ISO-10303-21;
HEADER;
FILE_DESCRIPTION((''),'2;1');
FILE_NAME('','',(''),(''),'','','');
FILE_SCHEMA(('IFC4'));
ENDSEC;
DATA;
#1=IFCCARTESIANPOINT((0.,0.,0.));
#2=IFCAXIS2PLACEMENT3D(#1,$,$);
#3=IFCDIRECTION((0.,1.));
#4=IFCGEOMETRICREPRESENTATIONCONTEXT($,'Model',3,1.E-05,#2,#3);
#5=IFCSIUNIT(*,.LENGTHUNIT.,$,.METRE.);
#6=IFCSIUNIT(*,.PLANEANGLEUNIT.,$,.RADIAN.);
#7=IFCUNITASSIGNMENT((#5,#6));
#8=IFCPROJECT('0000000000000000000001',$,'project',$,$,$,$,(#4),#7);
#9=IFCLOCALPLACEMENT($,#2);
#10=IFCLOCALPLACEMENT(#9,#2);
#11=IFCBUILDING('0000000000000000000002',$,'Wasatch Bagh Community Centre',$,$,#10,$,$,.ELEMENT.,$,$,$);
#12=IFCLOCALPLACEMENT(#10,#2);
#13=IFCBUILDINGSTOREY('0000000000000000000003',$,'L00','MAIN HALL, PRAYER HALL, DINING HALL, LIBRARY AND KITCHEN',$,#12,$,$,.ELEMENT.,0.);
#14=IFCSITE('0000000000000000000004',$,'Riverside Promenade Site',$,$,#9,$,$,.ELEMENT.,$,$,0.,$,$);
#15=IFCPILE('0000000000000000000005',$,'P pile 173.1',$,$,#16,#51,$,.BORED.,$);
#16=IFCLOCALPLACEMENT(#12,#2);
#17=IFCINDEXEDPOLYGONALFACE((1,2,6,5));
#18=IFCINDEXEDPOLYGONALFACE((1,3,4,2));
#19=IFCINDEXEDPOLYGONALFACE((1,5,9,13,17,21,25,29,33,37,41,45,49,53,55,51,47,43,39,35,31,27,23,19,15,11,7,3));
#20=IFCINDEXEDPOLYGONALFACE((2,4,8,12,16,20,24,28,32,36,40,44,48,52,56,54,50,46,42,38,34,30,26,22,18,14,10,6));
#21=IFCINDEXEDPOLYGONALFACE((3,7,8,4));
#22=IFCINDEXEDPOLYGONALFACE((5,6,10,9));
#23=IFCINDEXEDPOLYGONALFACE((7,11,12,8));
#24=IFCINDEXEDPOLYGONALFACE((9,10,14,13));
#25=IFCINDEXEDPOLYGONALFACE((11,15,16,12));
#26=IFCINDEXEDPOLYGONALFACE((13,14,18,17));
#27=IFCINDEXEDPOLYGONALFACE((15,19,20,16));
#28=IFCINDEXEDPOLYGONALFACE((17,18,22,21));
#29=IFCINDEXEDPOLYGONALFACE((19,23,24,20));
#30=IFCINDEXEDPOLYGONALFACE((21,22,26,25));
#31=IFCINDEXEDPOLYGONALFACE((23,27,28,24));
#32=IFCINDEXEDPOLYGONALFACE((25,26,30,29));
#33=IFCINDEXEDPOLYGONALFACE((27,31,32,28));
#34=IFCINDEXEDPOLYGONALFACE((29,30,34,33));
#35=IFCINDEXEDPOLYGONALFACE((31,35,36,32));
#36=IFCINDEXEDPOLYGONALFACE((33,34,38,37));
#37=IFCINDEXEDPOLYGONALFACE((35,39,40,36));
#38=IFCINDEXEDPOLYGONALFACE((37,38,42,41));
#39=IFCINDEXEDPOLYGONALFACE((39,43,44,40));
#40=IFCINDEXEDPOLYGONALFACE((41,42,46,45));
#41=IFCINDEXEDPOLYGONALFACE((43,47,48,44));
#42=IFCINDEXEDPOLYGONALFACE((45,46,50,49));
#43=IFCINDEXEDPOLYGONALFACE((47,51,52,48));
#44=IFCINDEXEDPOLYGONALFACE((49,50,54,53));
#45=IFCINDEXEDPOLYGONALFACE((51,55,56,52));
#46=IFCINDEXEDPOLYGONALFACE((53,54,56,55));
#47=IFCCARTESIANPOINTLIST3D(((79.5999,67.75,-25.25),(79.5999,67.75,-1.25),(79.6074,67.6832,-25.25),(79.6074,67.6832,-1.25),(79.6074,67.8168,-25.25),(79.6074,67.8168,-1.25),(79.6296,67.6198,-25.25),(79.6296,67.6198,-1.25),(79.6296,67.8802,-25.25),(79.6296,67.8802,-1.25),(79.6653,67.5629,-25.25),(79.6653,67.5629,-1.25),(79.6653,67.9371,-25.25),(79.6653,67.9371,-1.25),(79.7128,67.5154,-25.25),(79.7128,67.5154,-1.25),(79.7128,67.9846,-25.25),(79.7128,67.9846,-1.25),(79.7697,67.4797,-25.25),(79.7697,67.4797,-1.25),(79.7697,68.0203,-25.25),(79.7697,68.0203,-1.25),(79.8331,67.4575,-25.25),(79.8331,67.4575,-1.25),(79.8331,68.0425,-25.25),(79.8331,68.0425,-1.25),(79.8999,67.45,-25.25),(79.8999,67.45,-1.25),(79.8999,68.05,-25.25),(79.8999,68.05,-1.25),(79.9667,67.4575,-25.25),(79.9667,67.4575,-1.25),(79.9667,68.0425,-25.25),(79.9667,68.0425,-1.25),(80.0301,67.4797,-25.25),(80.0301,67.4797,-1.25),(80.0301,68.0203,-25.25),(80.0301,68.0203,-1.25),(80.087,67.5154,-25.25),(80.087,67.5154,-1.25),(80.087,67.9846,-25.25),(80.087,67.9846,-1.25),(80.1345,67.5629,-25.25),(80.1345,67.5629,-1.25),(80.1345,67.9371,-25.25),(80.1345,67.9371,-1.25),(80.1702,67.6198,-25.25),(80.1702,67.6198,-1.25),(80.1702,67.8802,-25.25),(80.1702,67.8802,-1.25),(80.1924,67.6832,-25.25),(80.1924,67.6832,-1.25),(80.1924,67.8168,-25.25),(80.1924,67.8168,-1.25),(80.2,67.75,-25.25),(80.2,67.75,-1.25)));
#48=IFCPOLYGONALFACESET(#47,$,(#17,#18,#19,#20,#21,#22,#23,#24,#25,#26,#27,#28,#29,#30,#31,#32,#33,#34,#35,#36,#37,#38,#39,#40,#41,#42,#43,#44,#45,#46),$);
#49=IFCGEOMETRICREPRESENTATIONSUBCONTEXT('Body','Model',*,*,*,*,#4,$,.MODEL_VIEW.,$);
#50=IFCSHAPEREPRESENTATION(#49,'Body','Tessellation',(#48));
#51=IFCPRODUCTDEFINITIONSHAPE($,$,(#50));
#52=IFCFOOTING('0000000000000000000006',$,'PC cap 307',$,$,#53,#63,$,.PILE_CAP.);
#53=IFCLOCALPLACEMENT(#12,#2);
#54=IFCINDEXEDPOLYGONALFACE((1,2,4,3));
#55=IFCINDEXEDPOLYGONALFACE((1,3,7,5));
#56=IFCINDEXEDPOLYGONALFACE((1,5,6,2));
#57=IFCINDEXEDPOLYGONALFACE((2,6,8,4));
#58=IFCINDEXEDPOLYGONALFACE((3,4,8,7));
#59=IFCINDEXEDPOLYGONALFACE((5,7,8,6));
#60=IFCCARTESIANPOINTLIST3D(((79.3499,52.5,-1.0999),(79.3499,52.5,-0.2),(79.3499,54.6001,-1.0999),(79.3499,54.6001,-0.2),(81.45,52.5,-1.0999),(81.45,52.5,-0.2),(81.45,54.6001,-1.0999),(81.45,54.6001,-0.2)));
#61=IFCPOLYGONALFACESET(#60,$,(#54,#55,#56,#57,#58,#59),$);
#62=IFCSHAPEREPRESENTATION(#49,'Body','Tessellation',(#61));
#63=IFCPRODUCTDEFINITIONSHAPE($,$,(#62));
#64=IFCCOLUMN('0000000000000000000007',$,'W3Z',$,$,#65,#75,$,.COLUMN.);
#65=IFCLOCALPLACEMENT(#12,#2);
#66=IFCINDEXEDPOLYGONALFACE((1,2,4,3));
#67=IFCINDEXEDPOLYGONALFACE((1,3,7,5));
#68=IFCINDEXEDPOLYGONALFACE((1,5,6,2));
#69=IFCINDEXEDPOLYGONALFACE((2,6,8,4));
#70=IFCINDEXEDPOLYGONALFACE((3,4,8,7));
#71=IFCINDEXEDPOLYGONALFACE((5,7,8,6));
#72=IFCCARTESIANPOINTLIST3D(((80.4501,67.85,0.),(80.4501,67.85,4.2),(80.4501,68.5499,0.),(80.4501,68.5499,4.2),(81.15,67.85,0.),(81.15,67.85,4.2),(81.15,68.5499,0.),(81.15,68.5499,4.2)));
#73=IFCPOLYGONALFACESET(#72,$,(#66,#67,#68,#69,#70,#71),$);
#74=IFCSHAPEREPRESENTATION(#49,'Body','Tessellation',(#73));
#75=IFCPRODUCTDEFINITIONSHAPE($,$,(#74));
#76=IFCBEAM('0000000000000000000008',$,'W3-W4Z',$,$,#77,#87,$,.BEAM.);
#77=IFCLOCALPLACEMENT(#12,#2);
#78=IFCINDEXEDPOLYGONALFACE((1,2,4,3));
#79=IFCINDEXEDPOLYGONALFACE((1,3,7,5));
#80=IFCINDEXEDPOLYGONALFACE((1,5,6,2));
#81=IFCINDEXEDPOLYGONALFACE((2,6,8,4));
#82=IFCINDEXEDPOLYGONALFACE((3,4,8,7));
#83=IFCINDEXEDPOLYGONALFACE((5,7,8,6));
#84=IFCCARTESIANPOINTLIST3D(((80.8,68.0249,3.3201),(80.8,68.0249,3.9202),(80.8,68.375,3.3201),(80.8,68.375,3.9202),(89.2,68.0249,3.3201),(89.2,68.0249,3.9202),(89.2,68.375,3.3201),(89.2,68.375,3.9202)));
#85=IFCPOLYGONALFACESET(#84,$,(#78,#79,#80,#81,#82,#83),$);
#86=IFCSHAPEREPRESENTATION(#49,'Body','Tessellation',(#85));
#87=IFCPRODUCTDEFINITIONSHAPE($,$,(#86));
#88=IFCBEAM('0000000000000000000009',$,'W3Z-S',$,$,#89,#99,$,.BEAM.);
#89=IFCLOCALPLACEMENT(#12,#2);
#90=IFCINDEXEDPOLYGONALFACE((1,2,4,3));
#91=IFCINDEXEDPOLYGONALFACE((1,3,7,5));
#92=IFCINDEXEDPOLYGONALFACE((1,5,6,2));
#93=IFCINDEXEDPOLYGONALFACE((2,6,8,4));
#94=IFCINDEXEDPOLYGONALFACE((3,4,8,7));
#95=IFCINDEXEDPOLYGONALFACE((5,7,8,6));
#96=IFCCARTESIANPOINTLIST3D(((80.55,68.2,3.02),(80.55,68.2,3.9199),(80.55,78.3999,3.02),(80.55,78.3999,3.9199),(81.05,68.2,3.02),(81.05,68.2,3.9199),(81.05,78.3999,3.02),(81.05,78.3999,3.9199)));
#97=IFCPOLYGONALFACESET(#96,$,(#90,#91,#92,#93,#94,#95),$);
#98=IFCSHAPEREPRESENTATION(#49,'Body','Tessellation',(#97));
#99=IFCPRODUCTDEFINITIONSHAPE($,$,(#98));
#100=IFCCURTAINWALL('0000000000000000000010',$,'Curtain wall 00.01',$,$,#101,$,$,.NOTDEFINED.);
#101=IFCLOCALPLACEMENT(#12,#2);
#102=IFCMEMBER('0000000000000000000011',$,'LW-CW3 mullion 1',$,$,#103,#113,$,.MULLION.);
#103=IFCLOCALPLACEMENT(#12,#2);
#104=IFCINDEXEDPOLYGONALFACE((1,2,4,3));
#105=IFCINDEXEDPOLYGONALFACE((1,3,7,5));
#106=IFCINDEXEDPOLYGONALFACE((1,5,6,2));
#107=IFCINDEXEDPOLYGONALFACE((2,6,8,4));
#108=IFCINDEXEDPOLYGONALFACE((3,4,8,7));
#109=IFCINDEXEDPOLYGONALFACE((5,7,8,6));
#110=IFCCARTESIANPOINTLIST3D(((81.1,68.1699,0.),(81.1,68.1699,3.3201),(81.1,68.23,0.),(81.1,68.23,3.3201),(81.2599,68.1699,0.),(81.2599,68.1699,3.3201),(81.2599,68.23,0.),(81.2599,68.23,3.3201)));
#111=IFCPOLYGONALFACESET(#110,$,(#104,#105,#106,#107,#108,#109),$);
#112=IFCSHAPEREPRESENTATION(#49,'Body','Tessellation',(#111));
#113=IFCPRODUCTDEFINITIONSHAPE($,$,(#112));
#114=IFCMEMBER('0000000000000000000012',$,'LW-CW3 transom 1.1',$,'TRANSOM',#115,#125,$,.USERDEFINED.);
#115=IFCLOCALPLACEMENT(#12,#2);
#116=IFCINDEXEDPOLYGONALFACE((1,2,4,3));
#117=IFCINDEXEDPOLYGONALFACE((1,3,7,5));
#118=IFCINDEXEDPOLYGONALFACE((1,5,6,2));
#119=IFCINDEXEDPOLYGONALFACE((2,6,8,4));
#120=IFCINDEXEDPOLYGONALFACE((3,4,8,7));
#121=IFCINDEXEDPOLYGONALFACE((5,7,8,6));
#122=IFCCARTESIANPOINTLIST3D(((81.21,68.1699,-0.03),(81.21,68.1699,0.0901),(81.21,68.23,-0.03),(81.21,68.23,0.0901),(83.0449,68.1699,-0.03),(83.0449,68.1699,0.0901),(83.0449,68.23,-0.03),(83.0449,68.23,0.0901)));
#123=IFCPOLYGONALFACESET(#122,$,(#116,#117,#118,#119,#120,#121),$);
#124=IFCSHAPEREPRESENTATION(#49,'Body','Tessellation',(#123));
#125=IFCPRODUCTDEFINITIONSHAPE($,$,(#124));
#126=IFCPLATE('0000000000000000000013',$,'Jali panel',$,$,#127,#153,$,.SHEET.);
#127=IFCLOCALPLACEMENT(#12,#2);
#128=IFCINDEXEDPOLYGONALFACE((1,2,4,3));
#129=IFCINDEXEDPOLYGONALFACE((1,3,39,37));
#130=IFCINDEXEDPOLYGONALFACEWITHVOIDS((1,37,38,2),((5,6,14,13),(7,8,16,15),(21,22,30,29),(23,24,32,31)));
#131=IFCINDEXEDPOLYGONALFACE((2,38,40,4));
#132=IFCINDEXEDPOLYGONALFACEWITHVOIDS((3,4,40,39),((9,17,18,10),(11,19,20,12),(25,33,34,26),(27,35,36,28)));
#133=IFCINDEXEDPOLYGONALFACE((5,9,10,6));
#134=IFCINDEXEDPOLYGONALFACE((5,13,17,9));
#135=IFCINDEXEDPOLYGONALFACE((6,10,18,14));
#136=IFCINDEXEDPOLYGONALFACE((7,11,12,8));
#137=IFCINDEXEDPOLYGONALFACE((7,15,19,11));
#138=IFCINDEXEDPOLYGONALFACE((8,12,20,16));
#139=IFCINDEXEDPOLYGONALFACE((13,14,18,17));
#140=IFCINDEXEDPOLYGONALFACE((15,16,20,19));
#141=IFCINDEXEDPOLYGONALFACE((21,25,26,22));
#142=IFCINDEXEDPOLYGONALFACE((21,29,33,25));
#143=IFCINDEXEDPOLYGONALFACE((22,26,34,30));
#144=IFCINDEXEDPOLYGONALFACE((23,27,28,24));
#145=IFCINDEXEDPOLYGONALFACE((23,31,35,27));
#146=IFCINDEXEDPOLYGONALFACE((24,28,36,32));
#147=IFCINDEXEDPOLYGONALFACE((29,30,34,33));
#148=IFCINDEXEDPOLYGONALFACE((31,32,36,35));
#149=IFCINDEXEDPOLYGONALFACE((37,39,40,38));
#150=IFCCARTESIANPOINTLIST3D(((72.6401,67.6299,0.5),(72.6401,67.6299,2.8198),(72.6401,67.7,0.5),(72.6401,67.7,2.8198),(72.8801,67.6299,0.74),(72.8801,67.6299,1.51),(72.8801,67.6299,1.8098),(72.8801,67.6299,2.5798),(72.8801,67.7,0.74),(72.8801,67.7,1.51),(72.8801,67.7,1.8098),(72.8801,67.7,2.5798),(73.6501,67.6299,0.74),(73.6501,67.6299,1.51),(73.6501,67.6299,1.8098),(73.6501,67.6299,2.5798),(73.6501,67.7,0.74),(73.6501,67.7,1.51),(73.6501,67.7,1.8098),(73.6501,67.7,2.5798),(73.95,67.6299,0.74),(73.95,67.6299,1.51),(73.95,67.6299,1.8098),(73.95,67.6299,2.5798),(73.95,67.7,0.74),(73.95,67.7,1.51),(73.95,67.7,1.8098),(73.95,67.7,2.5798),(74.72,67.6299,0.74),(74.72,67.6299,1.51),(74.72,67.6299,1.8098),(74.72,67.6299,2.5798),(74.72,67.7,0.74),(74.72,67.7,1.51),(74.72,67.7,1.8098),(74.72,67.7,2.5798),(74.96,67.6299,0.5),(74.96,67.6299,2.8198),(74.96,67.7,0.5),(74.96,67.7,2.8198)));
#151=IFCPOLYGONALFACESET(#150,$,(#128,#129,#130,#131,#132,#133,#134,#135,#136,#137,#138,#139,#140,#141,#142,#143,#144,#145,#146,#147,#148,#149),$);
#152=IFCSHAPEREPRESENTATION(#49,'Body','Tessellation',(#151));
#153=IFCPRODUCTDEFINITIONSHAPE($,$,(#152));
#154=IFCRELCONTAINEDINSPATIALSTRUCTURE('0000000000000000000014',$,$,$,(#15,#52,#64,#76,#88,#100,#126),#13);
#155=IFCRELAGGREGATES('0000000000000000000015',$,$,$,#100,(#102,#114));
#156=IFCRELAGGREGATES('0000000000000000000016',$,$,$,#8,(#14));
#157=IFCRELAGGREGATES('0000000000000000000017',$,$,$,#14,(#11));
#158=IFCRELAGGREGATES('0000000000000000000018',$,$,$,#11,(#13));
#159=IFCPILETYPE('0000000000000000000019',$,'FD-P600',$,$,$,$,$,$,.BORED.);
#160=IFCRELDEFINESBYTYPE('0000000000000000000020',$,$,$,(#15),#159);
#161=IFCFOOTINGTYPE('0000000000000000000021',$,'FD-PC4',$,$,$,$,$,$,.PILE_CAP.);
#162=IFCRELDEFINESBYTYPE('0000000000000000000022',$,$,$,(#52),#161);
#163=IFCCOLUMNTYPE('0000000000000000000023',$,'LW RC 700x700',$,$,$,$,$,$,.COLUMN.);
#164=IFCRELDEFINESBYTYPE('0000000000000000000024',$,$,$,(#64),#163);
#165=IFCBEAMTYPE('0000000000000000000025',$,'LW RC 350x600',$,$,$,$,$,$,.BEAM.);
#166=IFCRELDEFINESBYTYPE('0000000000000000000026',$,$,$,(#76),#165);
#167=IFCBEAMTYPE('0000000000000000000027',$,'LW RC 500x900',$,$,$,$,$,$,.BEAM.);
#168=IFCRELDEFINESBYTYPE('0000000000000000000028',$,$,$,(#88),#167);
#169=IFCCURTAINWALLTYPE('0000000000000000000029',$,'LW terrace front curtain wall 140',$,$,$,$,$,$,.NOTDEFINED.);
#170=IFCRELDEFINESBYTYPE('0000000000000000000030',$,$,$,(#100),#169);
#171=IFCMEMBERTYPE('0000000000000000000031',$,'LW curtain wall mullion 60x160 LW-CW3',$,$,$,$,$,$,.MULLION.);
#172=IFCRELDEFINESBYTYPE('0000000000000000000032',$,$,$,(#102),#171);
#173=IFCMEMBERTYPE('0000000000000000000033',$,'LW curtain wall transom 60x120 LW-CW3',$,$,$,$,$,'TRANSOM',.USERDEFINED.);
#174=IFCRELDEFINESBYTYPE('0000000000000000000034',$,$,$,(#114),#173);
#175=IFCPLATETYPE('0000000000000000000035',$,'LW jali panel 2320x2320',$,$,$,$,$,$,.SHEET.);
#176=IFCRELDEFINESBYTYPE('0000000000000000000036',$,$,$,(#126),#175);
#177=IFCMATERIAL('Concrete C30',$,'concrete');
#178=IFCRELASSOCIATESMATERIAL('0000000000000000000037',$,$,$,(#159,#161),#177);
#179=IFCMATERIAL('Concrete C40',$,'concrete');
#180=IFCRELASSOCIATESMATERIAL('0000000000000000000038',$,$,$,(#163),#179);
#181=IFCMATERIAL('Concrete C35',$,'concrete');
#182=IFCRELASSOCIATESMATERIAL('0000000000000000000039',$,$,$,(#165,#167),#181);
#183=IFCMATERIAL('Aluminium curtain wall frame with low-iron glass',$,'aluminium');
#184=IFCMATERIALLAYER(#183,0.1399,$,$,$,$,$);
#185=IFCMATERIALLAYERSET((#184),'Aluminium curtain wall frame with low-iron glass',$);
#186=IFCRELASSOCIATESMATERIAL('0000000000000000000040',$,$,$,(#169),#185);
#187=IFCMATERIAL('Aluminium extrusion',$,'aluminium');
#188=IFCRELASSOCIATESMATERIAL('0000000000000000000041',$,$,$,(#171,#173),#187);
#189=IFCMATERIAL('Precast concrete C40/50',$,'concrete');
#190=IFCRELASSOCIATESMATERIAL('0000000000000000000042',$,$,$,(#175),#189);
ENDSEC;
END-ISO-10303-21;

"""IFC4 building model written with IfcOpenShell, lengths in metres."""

from ifc_helpers import new_model, si_unit, direction, frame, origin, origin_2d, place, context, subcontext, project, spatial, polyline, rectangle, circle, outline, extrude, material, layer, layer_set, material_profile, profile_set, type_object, element, aggregate, save


model = new_model("IFC4")

# Units and contexts
model_context = context("Model", 3, precision=1e-05, world=origin(), true_north=direction((0.0, 1.0)))
body_context = subcontext(model_context, "Body", "Model", "MODEL_VIEW")
ifc_project = project(units=[si_unit("LENGTHUNIT", "METRE"), si_unit("PLANEANGLEUNIT", "RADIAN")], contexts=[model_context])

# Site, building, storey
site_placement = place(None, origin())
site = spatial("IfcSite", under=ifc_project, at=site_placement, Name="Riverside Promenade Site", CompositionType="ELEMENT", RefElevation=0.0)
building_placement = place(site_placement, origin())
building = spatial("IfcBuilding", under=site, at=building_placement, Name="Wasatch Bagh Community Centre", CompositionType="ELEMENT")
storey_placement = place(building_placement, origin())
storey = spatial("IfcBuildingStorey", under=building, at=storey_placement, Name="L00", Description="MAIN HALL, PRAYER HALL, DINING HALL, LIBRARY AND KITCHEN", CompositionType="ELEMENT", Elevation=0.0)

# Shared definitions
ifc_material_1 = material(Name="Concrete C35", Category="concrete")

# Pile
ifc_material_2 = material(Name="Concrete C30", Category="concrete")
ifc_material_profile_1 = material_profile(ifc_material_2, circle(Radius=0.3, at=origin_2d()), Name="RC D600")
ifc_profile_set_1 = profile_set([ifc_material_profile_1], Name="Concrete C30")
pile_type_1 = type_object("IfcPileType", Name="FD-P600", PredefinedType="BORED", material=ifc_profile_set_1)
for number, where, z_axis, x_axis, name in (
    (1, (79.8999, 67.75, -1.25), (0.0, 0.0, -1.0), (1.0, 0.0, 0.0), "P pile 173.1"),
):
    element("IfcPile", number, at=place(storey_placement, frame(where, z_axis=z_axis, x_axis=x_axis)), inside=storey, type_object=pile_type_1, Name=name, PredefinedType="BORED", context=body_context, shape_type="SweptSolid", body=[
        extrude(circle(Radius=0.3, at=origin_2d()), origin(), (0.0, 0.0, 1.0), 24.0),
    ])

# Footing
footing_type_1 = type_object("IfcFootingType", Name="FD-PC4", PredefinedType="PILE_CAP", material=ifc_material_2)
footing_1_placement = place(storey_placement, frame((80.3999, 53.55, -1.0999), z_axis=(0.0, 0.0, 1.0), x_axis=(1.0, 0.0, 0.0)))
element("IfcFooting", 2, at=footing_1_placement, inside=storey, type_object=footing_type_1, Name="PC cap 307", PredefinedType="PILE_CAP", context=body_context, shape_type="SweptSolid", body=[
    extrude(rectangle(XDim=2.1001, YDim=2.1001, at=origin_2d()), origin(), (0.0, 0.0, 1.0), 0.8999),
])

# Column
ifc_material_3 = material(Name="Concrete C40", Category="concrete")
ifc_material_profile_2 = material_profile(ifc_material_3, rectangle(XDim=0.7, YDim=0.7, at=origin_2d()), Name="RC 700x700")
ifc_profile_set_2 = profile_set([ifc_material_profile_2], Name="Concrete C40")
column_type = type_object("IfcColumnType", Name="LW RC 700x700", PredefinedType="COLUMN", material=ifc_profile_set_2)
column_placement = place(storey_placement, frame((80.8, 68.2, 0.0), z_axis=(0.0, 0.0, 1.0), x_axis=(1.0, 0.0, 0.0)))
element("IfcColumn", 3, at=column_placement, inside=storey, type_object=column_type, Name="W3Z", PredefinedType="COLUMN", context=body_context, shape_type="SweptSolid", body=[
    extrude(rectangle(XDim=0.7, YDim=0.7, at=origin_2d()), origin(), (0.0, 0.0, 1.0), 4.2),
])

# Beams
ifc_material_profile_3 = material_profile(ifc_material_1, rectangle(XDim=0.3501, YDim=0.6001, at=origin_2d()), Name="RC 350x600")
ifc_profile_set_3 = profile_set([ifc_material_profile_3], Name="Concrete C35")
beam_type_1 = type_object("IfcBeamType", Name="LW RC 350x600", PredefinedType="BEAM", material=ifc_profile_set_3)
beam_1_placement = place(storey_placement, frame((80.8, 68.2, 3.6201), z_axis=(1.0, 0.0, 0.0), x_axis=(0.0, 1.0, 0.0)))
element("IfcBeam", 4, at=beam_1_placement, inside=storey, type_object=beam_type_1, Name="W3-W4Z", PredefinedType="BEAM", context=body_context, shape_type="SweptSolid", body=[
    extrude(rectangle(XDim=0.3501, YDim=0.6001, at=origin_2d()), origin(), (0.0, 0.0, 1.0), 8.3999),
])
ifc_material_profile_4 = material_profile(ifc_material_1, rectangle(XDim=0.5, YDim=0.8999, at=origin_2d()), Name="RC 500x900")
ifc_profile_set_4 = profile_set([ifc_material_profile_4], Name="Concrete C35")
beam_type_2 = type_object("IfcBeamType", Name="LW RC 500x900", PredefinedType="BEAM", material=ifc_profile_set_4)
beam_2_placement = place(storey_placement, frame((80.8, 68.2, 3.47), z_axis=(0.0, 1.0, 0.0), x_axis=(-1.0, 0.0, 0.0)))
element("IfcBeam", 5, at=beam_2_placement, inside=storey, type_object=beam_type_2, Name="W3Z-S", PredefinedType="BEAM", context=body_context, shape_type="SweptSolid", body=[
    extrude(rectangle(XDim=0.5, YDim=0.8999, at=origin_2d()), origin(), (0.0, 0.0, 1.0), 10.2),
])

# Curtain wall, members
ifc_material_4 = material(Name="Aluminium curtain wall frame with low-iron glass", Category="aluminium")
ifc_layer_1 = layer(ifc_material_4, 0.1399)
ifc_layer_set_1 = layer_set([ifc_layer_1], Name="Aluminium curtain wall frame with low-iron glass")
curtain_wall_type = type_object("IfcCurtainWallType", Name="LW terrace front curtain wall 140", PredefinedType="NOTDEFINED", material=ifc_layer_set_1)
curtain_wall_placement = place(storey_placement, origin())
curtain_wall = element("IfcCurtainWall", 6, at=curtain_wall_placement, inside=storey, type_object=curtain_wall_type, Name="Curtain wall 00.01", PredefinedType="NOTDEFINED")
ifc_material_5 = material(Name="Aluminium extrusion", Category="aluminium")
ifc_material_profile_5 = material_profile(ifc_material_5, rectangle(XDim=0.0601, YDim=0.1599, at=origin_2d()), Name="AL 60x160")
ifc_profile_set_5 = profile_set([ifc_material_profile_5], Name="Aluminium extrusion")
member_type_1 = type_object("IfcMemberType", Name="LW curtain wall mullion 60x160 LW-CW3", PredefinedType="MULLION", material=ifc_profile_set_5)
member_1_placement = place(storey_placement, frame((81.1799, 68.2, 0.0), z_axis=(0.0, 0.0, 1.0), x_axis=(0.0, 1.0, 0.0)))
member_1 = element("IfcMember", 7, at=member_1_placement, type_object=member_type_1, Name="LW-CW3 mullion 1", PredefinedType="MULLION", context=body_context, shape_type="SweptSolid", body=[
    extrude(rectangle(XDim=0.0601, YDim=0.1599, at=origin_2d()), origin(), (0.0, 0.0, 1.0), 3.3201),
])
ifc_material_profile_6 = material_profile(ifc_material_5, rectangle(XDim=0.0601, YDim=0.1201, at=origin_2d()), Name="AL 60x120")
ifc_profile_set_6 = profile_set([ifc_material_profile_6], Name="Aluminium extrusion")
member_type_2 = type_object("IfcMemberType", Name="LW curtain wall transom 60x120 LW-CW3", ElementType="TRANSOM", PredefinedType="USERDEFINED", material=ifc_profile_set_6)
member_2_placement = place(storey_placement, frame((81.21, 68.2, 0.03), z_axis=(1.0, 0.0, 0.0), x_axis=(0.0, 1.0, 0.0)))
member_2 = element("IfcMember", 8, at=member_2_placement, type_object=member_type_2, Name="LW-CW3 transom 1.1", ObjectType="TRANSOM", PredefinedType="USERDEFINED", context=body_context, shape_type="SweptSolid", body=[
    extrude(rectangle(XDim=0.0601, YDim=0.1201, at=origin_2d()), origin(), (0.0, 0.0, 1.0), 1.835),
])
aggregate(curtain_wall, [member_1, member_2])

# Plate
ifc_material_6 = material(Name="Precast concrete C40/50", Category="concrete")
ifc_material_profile_7 = material_profile(ifc_material_6, outline(polyline([(-1.1599, -1.1599), (1.1599, -1.1599), (1.1599, 1.1599), (-1.1599, 1.1599), (-1.1599, -1.1599)]), holes=[polyline([(-0.9199, -0.9199), (-0.1499, -0.9199), (-0.1499, -0.1499), (-0.9199, -0.1499), (-0.9199, -0.9199)]), polyline([(-0.9199, 0.1499), (-0.1499, 0.1499), (-0.1499, 0.9199), (-0.9199, 0.9199), (-0.9199, 0.1499)]), polyline([(0.1499, -0.9199), (0.9199, -0.9199), (0.9199, -0.1499), (0.1499, -0.1499), (0.1499, -0.9199)]), polyline([(0.1499, 0.1499), (0.9199, 0.1499), (0.9199, 0.9199), (0.1499, 0.9199), (0.1499, 0.1499)])]), Name="Jali lattice")
ifc_profile_set_7 = profile_set([ifc_material_profile_7], Name="Precast concrete C40/50")
plate_type = type_object("IfcPlateType", Name="LW jali panel 2320x2320", PredefinedType="SHEET", material=ifc_profile_set_7)
for number, where, z_axis, x_axis, name in (
    (9, (73.8, 67.7, 1.6599), (0.0, -1.0, 0.0), (1.0, 0.0, 0.0), "Jali panel"),
):
    element("IfcPlate", number, at=place(storey_placement, frame(where, z_axis=z_axis, x_axis=x_axis)), inside=storey, type_object=plate_type, Name=name, PredefinedType="SHEET", context=body_context, shape_type="SweptSolid", body=[
        extrude(outline(polyline([(-1.1599, -1.1599), (1.1599, -1.1599), (1.1599, 1.1599), (-1.1599, 1.1599), (-1.1599, -1.1599)]), holes=[polyline([(-0.9199, -0.9199), (-0.1499, -0.9199), (-0.1499, -0.1499), (-0.9199, -0.1499), (-0.9199, -0.9199)]), polyline([(-0.9199, 0.1499), (-0.1499, 0.1499), (-0.1499, 0.9199), (-0.9199, 0.9199), (-0.9199, 0.1499)]), polyline([(0.1499, -0.9199), (0.9199, -0.9199), (0.9199, -0.1499), (0.1499, -0.1499), (0.1499, -0.9199)]), polyline([(0.1499, 0.1499), (0.9199, 0.1499), (0.9199, 0.9199), (0.1499, 0.9199), (0.1499, 0.1499)])]), origin(), (0.0, 0.0, 1.0), 0.0701),
    ])

save(model, "model.ifc")
